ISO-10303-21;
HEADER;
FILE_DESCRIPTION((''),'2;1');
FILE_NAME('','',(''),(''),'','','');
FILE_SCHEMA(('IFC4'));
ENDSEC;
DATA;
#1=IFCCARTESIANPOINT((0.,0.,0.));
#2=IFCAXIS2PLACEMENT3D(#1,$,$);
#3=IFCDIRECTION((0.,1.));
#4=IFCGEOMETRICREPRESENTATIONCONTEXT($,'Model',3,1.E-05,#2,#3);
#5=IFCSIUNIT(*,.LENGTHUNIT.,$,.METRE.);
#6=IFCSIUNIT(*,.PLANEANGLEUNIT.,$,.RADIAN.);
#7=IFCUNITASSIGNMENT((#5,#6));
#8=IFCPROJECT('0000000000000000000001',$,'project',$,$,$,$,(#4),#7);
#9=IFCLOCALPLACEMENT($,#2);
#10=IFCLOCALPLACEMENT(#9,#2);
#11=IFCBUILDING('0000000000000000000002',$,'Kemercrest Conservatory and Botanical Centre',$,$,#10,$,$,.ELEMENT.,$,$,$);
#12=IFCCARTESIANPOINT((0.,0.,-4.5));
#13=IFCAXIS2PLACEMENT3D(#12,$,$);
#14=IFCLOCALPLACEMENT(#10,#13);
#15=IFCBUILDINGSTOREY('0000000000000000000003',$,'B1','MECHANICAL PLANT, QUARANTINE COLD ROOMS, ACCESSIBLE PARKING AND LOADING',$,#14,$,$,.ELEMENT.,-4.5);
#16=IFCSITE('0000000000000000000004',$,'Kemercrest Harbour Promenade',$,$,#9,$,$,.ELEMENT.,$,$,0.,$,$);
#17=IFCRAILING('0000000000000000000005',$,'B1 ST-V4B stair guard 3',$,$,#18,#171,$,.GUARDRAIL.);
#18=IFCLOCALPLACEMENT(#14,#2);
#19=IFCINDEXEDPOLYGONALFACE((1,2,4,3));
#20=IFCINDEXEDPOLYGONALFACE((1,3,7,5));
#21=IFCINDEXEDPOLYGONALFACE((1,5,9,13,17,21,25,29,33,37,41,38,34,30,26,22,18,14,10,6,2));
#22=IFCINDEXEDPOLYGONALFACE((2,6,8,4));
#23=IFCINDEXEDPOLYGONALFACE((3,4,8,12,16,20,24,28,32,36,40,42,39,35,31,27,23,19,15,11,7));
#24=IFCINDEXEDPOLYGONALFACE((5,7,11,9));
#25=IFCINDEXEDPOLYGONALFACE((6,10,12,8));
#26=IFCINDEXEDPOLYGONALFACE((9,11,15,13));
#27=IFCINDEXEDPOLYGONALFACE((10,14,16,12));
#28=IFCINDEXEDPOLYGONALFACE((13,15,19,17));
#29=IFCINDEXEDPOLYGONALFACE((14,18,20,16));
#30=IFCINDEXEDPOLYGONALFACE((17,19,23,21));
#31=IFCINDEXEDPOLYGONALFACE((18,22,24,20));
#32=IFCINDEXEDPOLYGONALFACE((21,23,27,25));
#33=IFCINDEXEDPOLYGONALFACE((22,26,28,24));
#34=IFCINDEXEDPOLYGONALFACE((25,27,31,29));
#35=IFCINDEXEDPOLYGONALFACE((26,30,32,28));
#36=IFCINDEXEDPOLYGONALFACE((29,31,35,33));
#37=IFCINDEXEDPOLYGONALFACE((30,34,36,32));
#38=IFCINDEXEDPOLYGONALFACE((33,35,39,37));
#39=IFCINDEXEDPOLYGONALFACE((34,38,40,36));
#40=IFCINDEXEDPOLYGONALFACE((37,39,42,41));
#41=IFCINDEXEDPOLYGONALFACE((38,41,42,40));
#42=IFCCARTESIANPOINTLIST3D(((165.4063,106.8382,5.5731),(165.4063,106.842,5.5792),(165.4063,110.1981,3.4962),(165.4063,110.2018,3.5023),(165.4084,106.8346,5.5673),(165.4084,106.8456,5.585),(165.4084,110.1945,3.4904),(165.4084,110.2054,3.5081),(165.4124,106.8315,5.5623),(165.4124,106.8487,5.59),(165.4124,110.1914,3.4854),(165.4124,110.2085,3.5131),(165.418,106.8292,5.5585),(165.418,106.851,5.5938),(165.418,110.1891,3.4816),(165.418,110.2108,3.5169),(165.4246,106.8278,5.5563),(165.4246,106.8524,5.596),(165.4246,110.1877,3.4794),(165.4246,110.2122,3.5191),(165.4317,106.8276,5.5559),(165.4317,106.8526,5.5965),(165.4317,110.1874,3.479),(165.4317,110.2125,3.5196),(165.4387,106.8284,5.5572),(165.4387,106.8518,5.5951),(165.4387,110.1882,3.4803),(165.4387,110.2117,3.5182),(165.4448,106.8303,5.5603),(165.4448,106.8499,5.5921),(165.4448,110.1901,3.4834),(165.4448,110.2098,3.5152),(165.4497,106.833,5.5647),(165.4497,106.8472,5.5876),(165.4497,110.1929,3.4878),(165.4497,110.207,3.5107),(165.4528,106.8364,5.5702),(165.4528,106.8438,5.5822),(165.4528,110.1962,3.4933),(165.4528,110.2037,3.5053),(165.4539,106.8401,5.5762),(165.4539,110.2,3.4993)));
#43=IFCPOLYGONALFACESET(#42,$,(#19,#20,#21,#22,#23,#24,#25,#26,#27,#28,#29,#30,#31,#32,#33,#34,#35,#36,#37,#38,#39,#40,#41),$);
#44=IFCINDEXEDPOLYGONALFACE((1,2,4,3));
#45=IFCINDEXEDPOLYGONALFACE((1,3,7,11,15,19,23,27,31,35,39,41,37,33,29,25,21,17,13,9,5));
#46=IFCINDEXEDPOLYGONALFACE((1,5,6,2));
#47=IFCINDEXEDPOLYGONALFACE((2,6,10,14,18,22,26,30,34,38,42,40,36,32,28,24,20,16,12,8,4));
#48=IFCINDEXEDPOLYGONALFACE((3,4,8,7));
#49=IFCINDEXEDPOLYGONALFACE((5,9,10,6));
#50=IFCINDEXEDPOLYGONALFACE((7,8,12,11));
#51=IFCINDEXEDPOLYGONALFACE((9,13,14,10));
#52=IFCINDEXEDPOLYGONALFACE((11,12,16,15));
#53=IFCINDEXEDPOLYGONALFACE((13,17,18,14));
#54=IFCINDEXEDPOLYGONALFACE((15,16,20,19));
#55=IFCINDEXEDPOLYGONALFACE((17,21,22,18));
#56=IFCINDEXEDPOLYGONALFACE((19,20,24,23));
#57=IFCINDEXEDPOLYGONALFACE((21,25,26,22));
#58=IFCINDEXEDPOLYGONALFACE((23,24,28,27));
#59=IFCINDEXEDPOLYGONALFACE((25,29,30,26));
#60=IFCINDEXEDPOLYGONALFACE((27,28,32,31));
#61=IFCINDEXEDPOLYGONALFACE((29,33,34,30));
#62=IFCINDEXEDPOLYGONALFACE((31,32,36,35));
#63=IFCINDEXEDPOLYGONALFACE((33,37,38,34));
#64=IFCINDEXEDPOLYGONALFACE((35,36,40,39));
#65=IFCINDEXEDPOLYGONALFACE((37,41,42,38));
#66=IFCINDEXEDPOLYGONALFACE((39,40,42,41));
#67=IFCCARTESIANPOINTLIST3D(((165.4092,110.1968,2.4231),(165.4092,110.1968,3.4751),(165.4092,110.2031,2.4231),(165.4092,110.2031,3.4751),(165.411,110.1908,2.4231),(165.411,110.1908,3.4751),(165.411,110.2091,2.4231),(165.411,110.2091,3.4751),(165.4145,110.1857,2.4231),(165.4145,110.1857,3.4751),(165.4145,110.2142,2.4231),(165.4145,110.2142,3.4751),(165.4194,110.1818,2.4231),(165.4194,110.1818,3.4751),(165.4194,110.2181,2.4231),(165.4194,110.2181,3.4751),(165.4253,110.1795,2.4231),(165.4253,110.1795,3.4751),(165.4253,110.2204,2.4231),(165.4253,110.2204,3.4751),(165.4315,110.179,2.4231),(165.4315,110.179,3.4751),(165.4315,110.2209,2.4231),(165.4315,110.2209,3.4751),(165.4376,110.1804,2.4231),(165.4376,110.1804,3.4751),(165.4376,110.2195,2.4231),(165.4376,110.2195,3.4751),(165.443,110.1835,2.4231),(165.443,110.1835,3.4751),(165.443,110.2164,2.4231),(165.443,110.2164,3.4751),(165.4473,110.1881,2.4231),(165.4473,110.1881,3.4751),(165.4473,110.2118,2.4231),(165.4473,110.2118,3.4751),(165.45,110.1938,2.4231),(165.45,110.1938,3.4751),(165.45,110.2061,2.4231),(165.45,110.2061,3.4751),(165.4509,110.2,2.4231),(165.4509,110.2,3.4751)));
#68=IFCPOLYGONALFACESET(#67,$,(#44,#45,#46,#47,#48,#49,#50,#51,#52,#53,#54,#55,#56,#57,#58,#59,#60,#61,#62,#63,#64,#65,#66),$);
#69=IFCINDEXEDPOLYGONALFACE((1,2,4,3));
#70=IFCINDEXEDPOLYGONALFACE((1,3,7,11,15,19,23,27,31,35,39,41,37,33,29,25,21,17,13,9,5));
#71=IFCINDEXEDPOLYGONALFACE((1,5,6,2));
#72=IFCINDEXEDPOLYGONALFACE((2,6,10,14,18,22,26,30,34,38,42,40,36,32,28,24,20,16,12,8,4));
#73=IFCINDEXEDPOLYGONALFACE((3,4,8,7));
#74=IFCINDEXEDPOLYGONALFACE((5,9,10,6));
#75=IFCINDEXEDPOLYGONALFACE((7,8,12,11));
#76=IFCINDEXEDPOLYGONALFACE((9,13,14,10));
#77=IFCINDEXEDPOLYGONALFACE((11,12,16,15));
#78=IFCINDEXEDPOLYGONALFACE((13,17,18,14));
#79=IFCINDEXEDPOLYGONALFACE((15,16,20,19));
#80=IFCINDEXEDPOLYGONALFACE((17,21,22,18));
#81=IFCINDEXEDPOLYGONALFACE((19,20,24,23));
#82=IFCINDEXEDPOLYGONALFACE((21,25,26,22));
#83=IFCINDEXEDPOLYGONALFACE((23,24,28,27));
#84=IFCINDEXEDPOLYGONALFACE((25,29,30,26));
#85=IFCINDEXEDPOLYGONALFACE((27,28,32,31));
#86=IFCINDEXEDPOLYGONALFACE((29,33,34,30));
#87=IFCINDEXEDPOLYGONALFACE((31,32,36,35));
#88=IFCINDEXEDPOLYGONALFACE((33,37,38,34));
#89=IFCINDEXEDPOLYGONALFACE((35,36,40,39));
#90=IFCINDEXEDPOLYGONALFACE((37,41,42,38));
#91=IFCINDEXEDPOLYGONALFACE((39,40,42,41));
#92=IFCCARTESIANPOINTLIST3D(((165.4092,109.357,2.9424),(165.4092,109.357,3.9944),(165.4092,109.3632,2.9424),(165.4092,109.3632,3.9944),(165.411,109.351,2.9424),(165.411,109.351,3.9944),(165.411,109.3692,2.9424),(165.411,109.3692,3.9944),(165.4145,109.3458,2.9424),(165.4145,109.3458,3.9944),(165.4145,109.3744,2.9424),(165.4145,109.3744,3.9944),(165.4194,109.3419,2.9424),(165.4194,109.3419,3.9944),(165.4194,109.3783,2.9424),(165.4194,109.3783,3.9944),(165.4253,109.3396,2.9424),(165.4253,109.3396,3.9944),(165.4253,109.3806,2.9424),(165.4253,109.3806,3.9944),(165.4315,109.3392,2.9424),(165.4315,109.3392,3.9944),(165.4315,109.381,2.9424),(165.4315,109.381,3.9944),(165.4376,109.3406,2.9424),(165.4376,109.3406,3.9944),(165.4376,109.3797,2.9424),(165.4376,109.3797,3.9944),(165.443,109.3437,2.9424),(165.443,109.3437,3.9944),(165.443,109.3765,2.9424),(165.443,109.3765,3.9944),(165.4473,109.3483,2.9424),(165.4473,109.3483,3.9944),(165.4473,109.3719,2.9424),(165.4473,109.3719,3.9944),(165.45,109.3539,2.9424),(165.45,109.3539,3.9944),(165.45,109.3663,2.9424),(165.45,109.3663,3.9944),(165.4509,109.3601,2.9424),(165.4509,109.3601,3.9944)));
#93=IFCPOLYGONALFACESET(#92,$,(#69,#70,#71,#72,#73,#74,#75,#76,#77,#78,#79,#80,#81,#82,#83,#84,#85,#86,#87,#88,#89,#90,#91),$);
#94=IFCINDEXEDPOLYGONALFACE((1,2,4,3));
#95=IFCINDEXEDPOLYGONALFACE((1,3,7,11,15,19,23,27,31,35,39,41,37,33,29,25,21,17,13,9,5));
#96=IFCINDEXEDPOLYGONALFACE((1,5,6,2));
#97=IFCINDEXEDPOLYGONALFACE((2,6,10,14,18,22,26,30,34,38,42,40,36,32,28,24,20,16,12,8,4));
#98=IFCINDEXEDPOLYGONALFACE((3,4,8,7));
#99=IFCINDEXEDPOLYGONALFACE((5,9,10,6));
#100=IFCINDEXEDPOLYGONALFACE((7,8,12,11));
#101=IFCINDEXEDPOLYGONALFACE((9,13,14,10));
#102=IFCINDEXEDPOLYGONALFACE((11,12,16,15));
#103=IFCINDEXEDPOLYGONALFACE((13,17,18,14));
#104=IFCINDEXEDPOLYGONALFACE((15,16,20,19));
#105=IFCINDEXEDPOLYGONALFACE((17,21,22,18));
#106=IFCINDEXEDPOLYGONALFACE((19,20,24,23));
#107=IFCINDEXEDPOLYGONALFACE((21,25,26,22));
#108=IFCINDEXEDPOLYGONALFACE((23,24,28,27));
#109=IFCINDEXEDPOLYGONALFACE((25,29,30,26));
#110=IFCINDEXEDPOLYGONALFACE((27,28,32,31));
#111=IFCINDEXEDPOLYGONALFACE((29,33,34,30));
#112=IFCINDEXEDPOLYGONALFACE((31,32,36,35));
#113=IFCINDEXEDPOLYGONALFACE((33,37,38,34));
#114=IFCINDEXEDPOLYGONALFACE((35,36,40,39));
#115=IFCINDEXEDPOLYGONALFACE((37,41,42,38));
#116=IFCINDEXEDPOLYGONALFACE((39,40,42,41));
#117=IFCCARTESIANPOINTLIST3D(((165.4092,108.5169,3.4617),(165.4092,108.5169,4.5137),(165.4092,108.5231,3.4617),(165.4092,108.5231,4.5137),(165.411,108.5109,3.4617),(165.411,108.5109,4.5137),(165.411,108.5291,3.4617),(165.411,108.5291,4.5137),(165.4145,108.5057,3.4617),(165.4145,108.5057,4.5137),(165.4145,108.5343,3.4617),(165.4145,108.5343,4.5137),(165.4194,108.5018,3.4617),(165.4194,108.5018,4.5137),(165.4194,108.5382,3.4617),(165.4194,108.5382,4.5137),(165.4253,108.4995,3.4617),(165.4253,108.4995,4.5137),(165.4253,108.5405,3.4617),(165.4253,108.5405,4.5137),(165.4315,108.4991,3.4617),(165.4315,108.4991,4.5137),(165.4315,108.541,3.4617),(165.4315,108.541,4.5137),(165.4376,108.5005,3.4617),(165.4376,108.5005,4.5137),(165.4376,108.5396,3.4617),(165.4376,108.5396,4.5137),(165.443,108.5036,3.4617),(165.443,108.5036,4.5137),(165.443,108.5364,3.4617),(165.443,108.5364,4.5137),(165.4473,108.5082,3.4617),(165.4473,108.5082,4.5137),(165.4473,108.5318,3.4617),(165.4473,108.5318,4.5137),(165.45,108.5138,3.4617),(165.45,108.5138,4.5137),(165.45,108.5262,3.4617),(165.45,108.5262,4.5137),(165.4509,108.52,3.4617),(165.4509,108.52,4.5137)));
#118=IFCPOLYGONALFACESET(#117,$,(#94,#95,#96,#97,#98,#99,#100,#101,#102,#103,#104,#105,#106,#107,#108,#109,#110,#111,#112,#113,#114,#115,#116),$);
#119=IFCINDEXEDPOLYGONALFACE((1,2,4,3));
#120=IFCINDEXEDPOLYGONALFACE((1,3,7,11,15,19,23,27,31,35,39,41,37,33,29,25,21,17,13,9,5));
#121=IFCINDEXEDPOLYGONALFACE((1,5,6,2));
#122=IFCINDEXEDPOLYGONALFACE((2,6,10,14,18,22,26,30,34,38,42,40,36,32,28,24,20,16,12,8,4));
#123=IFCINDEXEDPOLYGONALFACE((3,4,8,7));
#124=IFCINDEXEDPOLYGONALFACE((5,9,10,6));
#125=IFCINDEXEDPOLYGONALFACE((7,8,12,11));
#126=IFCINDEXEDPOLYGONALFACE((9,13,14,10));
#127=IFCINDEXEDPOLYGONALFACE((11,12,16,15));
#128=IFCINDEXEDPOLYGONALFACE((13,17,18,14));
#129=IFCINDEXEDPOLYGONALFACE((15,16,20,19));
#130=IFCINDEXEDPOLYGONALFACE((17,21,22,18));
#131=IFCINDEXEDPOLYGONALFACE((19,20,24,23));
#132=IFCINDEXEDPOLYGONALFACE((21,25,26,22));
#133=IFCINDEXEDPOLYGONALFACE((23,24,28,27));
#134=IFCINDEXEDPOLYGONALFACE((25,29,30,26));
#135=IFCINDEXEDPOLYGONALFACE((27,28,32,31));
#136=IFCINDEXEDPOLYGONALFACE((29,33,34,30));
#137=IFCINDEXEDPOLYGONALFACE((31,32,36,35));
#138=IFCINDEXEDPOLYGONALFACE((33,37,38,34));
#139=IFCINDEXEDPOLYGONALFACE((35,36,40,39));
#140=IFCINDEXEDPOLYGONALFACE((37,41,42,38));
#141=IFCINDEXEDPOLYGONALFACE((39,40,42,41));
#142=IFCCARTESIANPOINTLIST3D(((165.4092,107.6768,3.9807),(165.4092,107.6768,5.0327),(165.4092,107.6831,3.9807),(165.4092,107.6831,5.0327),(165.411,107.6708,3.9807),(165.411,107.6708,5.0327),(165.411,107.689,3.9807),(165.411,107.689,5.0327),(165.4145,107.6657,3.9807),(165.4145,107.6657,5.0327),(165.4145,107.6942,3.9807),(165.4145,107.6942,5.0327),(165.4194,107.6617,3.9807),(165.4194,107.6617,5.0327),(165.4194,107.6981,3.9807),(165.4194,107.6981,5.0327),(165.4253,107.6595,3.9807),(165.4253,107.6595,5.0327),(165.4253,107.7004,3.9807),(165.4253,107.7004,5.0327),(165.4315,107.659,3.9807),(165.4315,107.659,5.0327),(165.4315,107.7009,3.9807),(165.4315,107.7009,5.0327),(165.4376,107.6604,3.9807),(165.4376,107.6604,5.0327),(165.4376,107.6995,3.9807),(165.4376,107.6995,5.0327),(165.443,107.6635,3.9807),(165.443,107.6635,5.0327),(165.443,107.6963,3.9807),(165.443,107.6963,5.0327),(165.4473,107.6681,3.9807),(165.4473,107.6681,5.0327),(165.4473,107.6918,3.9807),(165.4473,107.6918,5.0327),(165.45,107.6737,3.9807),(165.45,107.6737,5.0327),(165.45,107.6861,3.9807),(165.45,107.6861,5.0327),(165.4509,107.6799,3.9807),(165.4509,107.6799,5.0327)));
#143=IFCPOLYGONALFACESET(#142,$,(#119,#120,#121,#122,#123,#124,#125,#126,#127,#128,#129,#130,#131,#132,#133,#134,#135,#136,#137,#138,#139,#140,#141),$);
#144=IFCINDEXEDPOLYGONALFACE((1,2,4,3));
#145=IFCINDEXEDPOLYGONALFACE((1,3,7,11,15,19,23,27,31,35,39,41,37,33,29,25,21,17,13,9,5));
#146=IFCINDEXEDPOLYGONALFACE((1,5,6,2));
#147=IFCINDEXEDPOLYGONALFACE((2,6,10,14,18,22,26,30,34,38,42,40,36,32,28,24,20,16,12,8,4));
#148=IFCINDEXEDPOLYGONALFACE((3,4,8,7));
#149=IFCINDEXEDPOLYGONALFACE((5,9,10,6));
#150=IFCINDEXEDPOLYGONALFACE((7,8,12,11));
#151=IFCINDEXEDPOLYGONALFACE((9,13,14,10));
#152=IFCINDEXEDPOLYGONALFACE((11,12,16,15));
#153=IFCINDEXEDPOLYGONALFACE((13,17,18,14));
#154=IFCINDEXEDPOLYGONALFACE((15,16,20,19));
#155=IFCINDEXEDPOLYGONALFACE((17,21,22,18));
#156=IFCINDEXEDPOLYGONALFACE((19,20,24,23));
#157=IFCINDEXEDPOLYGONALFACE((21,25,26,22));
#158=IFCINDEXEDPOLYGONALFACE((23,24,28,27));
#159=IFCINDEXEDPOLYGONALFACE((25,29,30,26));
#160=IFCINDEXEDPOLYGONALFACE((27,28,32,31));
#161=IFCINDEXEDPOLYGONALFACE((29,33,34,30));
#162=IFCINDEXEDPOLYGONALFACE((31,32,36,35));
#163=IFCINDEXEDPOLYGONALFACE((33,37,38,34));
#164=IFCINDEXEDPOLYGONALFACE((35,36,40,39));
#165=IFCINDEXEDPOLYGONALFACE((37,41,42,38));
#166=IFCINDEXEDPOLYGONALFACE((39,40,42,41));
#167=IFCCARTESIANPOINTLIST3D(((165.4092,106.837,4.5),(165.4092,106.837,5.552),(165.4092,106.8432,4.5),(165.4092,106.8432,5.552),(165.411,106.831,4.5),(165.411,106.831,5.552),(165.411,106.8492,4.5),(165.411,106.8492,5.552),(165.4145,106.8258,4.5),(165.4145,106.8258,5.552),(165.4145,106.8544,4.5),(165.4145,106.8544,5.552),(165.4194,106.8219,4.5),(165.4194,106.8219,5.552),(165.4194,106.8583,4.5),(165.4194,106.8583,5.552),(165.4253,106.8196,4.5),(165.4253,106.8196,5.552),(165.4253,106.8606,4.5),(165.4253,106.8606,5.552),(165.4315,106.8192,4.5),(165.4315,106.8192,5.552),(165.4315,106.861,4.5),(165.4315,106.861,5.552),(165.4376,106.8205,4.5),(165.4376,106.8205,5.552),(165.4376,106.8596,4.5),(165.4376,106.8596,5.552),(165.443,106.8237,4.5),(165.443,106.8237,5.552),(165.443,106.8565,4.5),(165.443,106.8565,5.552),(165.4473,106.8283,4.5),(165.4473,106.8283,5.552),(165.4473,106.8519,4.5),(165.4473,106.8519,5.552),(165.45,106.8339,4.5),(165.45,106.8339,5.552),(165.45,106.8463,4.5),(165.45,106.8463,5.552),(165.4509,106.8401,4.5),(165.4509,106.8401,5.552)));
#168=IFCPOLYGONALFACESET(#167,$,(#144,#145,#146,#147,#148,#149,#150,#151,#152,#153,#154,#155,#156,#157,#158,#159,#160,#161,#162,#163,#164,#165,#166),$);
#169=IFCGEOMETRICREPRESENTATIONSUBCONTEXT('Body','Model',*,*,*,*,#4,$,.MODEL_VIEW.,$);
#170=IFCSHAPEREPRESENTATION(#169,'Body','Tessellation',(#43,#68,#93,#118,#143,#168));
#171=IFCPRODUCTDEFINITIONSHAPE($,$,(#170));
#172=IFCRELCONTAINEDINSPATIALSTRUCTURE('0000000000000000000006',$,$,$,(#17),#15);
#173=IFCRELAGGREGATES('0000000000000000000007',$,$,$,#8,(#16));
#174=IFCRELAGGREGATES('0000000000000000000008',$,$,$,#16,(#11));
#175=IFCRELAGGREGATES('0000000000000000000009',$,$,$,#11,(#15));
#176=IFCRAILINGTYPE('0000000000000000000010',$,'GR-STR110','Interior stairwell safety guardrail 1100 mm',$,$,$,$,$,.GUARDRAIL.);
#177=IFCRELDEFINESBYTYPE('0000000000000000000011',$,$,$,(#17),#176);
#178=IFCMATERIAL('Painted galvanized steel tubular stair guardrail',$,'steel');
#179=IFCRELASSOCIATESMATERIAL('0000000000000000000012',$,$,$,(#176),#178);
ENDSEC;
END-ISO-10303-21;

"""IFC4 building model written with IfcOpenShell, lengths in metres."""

from ifc_helpers import new_model, si_unit, direction, frame, origin, origin_2d, place, context, subcontext, project, spatial, circle, extrude, material, type_object, element, save


model = new_model("IFC4")

# Units and contexts
model_context = context("Model", 3, precision=1e-05, world=origin(), true_north=direction((0.0, 1.0)))
body_context = subcontext(model_context, "Body", "Model", "MODEL_VIEW")
ifc_project = project(units=[si_unit("LENGTHUNIT", "METRE"), si_unit("PLANEANGLEUNIT", "RADIAN")], contexts=[model_context])

# Site, building, storey
site_placement = place(None, origin())
site = spatial("IfcSite", under=ifc_project, at=site_placement, Name="Kemercrest Harbour Promenade", CompositionType="ELEMENT", RefElevation=0.0)
building_placement = place(site_placement, origin())
building = spatial("IfcBuilding", under=site, at=building_placement, Name="Kemercrest Conservatory and Botanical Centre", CompositionType="ELEMENT")
storey_placement = place(building_placement, frame((0.0, 0.0, -4.5)))
storey = spatial("IfcBuildingStorey", under=building, at=storey_placement, Name="B1", Description="MECHANICAL PLANT, QUARANTINE COLD ROOMS, ACCESSIBLE PARKING AND LOADING", CompositionType="ELEMENT", Elevation=-4.5)

# Railing
ifc_material_1 = material(Name="Painted galvanized steel tubular stair guardrail", Category="steel")
railing_type_1 = type_object("IfcRailingType", Name="GR-STR110", Description="Interior stairwell safety guardrail 1100 mm", PredefinedType="GUARDRAIL", material=ifc_material_1)
railing_1_placement = place(storey_placement, frame((165.4299, 110.2, 2.4231)))
element("IfcRailing", 1, at=railing_1_placement, inside=storey, type_object=railing_type_1, Name="B1 ST-V4B stair guard 3", PredefinedType="GUARDRAIL", context=body_context, shape_type="SweptSolid", body=[
    extrude(circle(Radius=0.0239, at=origin_2d()), frame((0.0, 0.0, 1.0762), z_axis=(0.0, -0.850606, 0.525803), x_axis=(1.0, 0.0, 0.0)), (0.0, 0.0, 1.0), 3.95),
    extrude(circle(Radius=0.021, at=origin_2d()), origin(), (0.0, 0.0, 1.0), 1.052),
    extrude(circle(Radius=0.021, at=origin_2d()), frame((0.0, -0.8398, 0.5193)), (0.0, 0.0, 1.0), 1.052),
    extrude(circle(Radius=0.021, at=origin_2d()), frame((0.0, -1.6799, 1.0386)), (0.0, 0.0, 1.0), 1.052),
    extrude(circle(Radius=0.021, at=origin_2d()), frame((0.0, -2.52, 1.5576)), (0.0, 0.0, 1.0), 1.052),
    extrude(circle(Radius=0.021, at=origin_2d()), frame((0.0, -3.3599, 2.0769)), (0.0, 0.0, 1.0), 1.052),
])

save(model, "model.ifc")
